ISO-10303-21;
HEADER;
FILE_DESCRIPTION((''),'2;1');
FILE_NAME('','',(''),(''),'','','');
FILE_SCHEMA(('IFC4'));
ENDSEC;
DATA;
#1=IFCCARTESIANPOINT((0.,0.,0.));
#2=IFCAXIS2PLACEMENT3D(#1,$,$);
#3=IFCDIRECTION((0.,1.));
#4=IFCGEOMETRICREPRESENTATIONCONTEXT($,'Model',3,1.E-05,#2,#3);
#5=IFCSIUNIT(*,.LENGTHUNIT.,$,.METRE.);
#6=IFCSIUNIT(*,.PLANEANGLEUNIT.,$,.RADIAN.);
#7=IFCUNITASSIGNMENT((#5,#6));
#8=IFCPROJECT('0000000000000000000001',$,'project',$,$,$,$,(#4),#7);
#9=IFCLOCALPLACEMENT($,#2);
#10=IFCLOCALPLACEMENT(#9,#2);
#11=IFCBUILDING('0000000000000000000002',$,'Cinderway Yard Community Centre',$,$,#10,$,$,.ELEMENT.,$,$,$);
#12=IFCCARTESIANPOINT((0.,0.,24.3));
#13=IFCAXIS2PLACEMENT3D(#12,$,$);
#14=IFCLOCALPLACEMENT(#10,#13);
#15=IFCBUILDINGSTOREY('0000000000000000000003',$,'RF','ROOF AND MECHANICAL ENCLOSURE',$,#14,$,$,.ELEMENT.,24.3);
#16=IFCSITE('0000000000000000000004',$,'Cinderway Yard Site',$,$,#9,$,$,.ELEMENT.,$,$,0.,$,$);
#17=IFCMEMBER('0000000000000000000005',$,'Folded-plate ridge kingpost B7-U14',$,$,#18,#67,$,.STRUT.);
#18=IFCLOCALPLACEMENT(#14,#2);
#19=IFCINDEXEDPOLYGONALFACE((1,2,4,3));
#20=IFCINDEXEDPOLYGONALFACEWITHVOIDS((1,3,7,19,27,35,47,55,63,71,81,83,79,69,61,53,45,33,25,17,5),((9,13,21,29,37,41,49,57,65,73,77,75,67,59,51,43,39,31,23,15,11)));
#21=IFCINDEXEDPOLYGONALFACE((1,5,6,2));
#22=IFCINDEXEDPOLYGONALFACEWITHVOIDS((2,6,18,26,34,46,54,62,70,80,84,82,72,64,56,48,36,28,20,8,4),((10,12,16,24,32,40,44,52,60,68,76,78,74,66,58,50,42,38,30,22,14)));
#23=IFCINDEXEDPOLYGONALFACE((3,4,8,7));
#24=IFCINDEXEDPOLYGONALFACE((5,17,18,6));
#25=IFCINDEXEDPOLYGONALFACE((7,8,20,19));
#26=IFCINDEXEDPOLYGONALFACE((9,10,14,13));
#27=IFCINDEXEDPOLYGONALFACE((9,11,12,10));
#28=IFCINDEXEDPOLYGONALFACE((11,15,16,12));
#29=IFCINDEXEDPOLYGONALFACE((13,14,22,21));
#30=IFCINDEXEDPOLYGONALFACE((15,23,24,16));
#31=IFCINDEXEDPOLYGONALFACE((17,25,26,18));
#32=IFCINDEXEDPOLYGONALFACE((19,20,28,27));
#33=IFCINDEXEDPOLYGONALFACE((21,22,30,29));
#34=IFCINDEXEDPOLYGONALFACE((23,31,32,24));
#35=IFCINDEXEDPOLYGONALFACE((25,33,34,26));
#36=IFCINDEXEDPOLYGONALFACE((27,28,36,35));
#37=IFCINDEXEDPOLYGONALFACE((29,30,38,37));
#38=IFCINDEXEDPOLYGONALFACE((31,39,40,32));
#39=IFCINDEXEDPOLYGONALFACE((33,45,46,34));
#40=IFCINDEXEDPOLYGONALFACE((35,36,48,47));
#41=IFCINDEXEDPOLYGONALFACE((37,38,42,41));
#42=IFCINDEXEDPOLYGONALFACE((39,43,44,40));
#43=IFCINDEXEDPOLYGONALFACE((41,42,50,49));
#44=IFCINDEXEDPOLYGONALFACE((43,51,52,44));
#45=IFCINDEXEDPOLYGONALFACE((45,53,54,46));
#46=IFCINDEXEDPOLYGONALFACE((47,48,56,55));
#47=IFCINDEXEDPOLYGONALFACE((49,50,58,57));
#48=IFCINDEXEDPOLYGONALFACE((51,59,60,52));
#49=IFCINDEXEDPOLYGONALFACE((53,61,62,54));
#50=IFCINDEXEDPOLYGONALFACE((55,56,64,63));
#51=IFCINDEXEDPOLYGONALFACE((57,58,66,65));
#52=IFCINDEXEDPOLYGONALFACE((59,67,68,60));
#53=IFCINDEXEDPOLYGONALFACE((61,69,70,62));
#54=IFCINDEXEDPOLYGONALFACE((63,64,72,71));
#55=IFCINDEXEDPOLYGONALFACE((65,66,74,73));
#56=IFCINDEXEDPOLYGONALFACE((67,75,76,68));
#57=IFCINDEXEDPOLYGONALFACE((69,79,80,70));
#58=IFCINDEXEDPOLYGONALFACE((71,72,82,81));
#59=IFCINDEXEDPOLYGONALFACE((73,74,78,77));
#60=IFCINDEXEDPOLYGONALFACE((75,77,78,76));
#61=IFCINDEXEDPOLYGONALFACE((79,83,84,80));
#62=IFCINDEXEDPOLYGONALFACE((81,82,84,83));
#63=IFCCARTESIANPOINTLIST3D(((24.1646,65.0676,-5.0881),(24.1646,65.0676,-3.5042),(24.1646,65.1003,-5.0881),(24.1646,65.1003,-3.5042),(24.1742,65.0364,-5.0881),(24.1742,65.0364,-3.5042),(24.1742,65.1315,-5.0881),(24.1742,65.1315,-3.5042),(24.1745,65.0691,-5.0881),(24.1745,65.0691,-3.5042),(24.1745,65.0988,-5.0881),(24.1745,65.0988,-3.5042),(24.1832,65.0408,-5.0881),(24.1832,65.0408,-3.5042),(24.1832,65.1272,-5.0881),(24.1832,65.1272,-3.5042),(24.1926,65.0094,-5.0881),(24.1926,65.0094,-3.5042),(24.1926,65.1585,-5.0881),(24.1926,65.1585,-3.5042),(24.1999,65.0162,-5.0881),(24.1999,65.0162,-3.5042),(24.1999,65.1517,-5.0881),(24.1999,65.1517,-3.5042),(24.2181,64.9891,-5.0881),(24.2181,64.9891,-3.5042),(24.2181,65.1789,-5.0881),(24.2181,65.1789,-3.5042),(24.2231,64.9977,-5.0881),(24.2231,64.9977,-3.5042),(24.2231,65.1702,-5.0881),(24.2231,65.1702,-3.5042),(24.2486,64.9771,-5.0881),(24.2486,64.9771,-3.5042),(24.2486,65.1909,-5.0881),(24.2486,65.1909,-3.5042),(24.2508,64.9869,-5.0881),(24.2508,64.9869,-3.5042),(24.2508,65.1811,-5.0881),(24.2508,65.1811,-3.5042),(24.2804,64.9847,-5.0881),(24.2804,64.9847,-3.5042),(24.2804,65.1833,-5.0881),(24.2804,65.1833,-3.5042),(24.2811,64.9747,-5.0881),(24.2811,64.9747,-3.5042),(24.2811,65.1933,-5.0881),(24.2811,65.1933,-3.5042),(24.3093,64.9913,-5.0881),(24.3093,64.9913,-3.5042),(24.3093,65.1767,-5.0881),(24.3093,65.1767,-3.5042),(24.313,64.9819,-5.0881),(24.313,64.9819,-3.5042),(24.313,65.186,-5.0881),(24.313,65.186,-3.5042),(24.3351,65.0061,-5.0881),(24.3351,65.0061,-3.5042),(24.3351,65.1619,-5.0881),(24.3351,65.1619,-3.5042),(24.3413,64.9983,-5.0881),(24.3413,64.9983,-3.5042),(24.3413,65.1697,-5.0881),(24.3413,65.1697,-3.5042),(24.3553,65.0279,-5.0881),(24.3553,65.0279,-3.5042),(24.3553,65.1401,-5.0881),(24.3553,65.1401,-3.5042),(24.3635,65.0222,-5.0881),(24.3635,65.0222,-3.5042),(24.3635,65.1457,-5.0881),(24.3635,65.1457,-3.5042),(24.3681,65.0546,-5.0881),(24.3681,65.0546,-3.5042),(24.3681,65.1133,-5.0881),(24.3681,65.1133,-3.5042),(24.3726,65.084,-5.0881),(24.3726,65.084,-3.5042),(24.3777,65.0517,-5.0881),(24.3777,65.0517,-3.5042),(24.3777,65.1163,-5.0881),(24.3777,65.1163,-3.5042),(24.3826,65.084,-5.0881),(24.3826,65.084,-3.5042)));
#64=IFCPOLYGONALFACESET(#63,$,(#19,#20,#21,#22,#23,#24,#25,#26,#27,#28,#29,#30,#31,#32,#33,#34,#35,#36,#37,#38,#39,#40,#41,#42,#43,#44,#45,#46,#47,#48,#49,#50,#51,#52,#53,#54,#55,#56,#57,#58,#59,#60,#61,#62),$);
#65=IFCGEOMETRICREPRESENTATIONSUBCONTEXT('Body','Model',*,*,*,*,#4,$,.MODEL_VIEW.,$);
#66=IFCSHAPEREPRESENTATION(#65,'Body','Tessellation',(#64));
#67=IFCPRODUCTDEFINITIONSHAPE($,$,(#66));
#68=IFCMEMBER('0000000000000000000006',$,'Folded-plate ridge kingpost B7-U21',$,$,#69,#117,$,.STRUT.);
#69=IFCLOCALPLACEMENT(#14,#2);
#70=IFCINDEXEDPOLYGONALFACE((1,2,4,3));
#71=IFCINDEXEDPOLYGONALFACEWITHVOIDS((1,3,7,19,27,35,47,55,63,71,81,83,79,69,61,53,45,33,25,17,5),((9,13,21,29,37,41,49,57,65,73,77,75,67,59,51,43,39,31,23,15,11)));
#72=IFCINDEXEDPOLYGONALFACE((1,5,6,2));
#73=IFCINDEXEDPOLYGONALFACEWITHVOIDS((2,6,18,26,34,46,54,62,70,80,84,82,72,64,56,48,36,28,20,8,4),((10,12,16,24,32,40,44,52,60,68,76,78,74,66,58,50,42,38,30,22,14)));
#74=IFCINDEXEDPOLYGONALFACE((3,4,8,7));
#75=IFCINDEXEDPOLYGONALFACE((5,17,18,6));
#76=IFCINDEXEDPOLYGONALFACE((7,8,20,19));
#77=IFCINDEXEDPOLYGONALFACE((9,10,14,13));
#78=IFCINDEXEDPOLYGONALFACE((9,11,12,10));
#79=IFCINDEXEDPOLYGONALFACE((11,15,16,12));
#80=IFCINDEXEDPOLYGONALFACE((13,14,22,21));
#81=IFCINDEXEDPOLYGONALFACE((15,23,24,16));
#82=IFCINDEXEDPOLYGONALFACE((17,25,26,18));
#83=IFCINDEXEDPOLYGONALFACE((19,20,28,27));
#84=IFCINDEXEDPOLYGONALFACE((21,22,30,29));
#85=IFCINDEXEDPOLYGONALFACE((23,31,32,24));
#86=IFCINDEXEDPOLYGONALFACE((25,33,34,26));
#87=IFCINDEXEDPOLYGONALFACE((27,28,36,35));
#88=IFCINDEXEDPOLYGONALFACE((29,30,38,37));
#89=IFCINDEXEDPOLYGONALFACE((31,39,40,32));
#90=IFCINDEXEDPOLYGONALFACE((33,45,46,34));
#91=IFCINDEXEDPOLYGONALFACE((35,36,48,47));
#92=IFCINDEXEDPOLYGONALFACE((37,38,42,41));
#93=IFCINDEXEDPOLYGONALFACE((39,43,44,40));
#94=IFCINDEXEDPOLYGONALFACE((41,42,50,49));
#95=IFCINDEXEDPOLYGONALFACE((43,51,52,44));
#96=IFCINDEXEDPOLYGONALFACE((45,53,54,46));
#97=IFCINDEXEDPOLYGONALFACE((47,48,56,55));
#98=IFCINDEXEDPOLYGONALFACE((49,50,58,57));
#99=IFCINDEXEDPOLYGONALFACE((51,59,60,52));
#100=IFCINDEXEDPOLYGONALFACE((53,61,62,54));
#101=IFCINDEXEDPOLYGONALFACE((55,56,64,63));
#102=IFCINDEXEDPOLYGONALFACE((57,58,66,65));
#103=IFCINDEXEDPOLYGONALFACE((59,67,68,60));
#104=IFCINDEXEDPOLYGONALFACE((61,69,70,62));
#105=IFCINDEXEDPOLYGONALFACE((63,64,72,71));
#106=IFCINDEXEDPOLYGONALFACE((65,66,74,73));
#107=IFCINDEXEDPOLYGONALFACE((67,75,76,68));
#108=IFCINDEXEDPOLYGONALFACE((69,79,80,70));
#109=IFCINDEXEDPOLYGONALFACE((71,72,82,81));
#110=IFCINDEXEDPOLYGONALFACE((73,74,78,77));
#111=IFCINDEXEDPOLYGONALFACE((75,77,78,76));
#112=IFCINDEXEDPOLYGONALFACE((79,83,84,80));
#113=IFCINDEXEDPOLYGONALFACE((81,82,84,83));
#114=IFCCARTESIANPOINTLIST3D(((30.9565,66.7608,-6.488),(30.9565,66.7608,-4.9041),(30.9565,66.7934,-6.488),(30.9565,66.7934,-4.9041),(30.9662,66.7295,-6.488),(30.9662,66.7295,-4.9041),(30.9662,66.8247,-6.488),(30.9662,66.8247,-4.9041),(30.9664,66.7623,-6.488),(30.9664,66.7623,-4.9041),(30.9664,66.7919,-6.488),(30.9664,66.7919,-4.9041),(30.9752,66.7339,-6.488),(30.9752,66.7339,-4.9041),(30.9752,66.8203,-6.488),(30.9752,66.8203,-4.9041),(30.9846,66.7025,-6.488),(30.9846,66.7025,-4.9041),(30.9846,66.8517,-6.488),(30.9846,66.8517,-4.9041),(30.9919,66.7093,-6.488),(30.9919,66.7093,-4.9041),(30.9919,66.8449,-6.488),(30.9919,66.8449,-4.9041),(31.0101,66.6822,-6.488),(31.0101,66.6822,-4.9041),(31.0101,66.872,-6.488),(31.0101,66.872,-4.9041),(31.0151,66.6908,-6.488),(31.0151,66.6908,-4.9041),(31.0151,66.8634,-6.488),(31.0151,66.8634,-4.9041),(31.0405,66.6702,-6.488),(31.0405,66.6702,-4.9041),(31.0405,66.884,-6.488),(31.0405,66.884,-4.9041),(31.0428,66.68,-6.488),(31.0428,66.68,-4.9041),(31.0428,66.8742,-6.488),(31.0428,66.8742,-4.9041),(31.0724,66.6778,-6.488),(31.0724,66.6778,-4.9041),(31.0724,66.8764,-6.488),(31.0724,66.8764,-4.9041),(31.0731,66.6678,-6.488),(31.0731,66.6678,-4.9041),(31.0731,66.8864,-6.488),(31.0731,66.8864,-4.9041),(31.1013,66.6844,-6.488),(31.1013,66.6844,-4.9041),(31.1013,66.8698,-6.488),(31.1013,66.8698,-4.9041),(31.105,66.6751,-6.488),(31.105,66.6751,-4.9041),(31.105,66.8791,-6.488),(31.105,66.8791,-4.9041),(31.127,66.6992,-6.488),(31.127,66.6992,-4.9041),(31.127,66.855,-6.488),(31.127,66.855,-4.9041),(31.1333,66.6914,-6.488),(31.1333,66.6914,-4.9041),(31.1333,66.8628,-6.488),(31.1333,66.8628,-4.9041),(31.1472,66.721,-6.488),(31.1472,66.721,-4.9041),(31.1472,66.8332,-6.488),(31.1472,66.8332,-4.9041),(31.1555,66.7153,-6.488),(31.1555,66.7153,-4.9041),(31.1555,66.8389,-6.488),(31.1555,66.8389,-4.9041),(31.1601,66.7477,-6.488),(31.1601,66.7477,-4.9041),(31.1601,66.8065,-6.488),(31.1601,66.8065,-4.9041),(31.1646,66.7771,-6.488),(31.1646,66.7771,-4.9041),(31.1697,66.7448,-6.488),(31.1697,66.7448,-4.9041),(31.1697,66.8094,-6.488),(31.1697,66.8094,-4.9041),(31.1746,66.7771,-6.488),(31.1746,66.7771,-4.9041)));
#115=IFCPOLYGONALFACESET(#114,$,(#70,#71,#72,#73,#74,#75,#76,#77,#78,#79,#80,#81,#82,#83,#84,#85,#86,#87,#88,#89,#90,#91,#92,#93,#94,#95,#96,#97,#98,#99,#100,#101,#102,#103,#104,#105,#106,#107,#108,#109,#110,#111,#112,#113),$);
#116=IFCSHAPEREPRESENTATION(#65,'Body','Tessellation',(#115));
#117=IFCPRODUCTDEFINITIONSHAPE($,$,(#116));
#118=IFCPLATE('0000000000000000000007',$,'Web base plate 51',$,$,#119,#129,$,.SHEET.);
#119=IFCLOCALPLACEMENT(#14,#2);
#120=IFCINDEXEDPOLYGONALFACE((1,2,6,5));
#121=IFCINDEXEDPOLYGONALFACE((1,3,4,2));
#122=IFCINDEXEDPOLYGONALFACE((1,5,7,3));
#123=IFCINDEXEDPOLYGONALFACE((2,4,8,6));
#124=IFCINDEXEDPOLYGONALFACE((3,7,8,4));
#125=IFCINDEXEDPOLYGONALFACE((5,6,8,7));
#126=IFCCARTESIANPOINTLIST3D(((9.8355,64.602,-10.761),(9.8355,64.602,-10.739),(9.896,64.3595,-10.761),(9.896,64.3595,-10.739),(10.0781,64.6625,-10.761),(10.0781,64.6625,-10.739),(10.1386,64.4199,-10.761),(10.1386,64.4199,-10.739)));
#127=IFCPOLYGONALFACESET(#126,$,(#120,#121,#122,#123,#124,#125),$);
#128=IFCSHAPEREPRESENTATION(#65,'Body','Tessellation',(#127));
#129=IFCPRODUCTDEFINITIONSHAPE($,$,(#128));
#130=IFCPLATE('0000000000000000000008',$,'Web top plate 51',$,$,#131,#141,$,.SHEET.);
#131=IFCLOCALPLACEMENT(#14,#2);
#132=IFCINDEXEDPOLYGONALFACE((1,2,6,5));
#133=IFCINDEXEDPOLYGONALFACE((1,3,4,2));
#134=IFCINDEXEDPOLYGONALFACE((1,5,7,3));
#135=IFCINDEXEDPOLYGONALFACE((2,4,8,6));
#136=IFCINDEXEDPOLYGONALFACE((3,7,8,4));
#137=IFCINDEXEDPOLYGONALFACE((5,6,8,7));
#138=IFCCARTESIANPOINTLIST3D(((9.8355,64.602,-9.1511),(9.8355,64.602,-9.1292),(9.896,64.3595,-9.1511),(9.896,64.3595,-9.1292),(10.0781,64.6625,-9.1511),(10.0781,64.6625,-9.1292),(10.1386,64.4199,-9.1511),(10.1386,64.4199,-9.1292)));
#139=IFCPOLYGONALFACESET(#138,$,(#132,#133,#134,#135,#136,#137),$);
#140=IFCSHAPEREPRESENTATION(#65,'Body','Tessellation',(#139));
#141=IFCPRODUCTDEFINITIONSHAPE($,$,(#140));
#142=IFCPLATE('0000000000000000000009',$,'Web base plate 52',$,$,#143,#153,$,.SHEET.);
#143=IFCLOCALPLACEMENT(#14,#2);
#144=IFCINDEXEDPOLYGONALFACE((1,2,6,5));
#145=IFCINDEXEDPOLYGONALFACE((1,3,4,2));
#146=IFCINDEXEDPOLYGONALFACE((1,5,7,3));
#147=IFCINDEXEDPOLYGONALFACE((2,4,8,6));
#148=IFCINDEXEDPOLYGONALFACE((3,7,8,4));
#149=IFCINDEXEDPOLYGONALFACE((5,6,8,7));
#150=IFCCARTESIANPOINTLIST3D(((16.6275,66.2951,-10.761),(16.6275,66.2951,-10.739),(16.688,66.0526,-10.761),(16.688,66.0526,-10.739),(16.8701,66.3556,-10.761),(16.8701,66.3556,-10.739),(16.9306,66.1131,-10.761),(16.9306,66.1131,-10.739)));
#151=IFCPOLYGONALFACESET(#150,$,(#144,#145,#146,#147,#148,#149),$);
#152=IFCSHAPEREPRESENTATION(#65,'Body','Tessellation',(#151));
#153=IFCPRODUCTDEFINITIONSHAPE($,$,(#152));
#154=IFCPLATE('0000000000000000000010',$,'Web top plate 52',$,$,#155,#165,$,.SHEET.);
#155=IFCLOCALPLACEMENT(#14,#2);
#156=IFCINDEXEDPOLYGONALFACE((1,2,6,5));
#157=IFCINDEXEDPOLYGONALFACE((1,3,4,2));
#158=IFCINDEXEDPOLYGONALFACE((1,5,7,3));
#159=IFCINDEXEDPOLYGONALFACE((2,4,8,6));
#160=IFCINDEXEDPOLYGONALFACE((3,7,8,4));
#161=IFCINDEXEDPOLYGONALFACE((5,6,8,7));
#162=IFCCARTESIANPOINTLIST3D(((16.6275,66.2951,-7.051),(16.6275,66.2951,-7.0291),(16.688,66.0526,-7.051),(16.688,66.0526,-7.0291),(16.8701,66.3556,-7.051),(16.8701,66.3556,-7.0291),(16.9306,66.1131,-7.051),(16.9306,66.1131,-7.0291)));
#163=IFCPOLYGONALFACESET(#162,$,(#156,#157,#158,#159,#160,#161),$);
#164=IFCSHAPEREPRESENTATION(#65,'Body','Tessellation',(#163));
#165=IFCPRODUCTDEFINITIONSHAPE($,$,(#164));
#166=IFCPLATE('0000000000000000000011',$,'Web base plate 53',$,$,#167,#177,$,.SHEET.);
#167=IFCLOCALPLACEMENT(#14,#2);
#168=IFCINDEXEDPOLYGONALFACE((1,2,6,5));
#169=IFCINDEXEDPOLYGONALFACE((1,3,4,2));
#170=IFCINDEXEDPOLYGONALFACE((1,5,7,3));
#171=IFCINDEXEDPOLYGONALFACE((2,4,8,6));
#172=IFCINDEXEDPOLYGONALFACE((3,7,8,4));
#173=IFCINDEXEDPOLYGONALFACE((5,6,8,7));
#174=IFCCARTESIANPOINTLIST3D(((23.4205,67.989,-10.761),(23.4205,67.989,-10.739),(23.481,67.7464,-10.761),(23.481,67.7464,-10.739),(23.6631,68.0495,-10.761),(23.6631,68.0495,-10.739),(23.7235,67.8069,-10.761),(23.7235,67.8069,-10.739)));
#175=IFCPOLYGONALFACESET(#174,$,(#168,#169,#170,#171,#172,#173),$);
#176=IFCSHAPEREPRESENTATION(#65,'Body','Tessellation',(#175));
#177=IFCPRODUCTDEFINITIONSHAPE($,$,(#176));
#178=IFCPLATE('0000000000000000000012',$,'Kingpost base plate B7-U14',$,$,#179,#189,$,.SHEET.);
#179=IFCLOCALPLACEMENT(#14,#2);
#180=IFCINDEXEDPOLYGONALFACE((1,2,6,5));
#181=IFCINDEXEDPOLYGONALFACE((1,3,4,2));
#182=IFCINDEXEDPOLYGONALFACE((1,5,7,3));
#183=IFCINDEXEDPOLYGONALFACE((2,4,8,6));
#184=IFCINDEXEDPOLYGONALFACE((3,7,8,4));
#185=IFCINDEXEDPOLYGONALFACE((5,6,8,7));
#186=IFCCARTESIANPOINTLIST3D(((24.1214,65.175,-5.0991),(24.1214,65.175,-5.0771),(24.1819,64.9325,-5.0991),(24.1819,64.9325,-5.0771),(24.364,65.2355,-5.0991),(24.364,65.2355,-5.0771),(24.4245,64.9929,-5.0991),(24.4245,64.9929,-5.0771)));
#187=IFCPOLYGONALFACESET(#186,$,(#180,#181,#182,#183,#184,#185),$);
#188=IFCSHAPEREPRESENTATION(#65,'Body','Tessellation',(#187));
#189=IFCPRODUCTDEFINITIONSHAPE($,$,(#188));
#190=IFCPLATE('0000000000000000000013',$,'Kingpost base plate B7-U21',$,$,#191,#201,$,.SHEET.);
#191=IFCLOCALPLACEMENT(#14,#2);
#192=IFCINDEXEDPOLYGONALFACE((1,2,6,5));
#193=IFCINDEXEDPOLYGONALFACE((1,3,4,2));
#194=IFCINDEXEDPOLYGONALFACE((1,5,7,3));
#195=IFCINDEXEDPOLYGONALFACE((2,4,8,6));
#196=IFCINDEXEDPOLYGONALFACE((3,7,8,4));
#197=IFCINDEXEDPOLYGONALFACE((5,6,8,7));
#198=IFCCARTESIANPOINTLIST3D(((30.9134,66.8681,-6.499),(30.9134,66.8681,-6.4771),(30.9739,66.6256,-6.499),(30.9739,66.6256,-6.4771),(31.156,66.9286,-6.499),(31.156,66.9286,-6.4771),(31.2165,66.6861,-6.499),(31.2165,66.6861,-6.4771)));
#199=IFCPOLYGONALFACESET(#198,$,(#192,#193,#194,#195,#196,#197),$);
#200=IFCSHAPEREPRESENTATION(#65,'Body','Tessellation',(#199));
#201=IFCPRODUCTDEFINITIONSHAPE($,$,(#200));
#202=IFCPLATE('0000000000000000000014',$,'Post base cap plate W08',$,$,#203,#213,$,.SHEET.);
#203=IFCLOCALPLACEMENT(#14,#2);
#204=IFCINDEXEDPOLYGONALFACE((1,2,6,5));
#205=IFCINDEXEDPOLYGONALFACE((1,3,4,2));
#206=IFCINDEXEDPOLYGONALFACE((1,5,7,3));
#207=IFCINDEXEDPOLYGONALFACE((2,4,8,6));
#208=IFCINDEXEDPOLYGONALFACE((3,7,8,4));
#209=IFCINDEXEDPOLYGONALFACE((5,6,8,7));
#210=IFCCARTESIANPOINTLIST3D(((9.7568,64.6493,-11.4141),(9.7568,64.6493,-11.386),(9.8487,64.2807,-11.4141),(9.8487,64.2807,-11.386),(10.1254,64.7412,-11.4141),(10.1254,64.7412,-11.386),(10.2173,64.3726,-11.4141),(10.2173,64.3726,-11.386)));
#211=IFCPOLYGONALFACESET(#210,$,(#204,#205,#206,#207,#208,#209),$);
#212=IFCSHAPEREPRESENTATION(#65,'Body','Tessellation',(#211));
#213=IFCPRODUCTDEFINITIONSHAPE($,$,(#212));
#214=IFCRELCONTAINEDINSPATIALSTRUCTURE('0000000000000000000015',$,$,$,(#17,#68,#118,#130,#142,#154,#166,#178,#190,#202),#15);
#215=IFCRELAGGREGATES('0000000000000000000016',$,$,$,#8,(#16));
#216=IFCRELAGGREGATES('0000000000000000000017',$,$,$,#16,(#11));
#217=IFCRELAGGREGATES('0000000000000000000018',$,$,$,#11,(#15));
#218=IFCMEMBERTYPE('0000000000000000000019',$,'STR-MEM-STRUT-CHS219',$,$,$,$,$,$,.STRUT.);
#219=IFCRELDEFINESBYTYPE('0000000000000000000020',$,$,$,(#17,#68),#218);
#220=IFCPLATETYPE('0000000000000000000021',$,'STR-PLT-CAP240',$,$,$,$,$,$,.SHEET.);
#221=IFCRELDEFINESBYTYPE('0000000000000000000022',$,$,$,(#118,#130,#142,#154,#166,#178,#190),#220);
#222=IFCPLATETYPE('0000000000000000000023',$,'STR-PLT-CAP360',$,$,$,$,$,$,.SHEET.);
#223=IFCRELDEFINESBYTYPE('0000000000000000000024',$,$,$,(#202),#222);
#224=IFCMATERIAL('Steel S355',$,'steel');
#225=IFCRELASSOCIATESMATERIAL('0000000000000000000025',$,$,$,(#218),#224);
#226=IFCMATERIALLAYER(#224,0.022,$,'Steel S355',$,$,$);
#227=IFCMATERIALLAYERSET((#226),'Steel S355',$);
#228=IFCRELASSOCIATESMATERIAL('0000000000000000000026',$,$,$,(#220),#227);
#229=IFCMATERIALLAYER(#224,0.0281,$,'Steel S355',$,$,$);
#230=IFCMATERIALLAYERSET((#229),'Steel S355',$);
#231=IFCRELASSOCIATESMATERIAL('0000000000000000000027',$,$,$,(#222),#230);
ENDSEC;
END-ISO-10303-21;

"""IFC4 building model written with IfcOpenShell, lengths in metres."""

from ifc_helpers import new_model, si_unit, direction, frame, origin, origin_2d, place, context, subcontext, project, spatial, rectangle, hollow_circle, extrude, material, layer, layer_set, material_profile, profile_set, type_object, element, save


model = new_model("IFC4")

# Units and contexts
model_context = context("Model", 3, precision=1e-05, world=origin(), true_north=direction((0.0, 1.0)))
body_context = subcontext(model_context, "Body", "Model", "MODEL_VIEW")
ifc_project = project(units=[si_unit("LENGTHUNIT", "METRE"), si_unit("PLANEANGLEUNIT", "RADIAN")], contexts=[model_context])

# Site, building, storey
site_placement = place(None, origin())
site = spatial("IfcSite", under=ifc_project, at=site_placement, Name="Cinderway Yard Site", CompositionType="ELEMENT", RefElevation=0.0)
building_placement = place(site_placement, origin())
building = spatial("IfcBuilding", under=site, at=building_placement, Name="Cinderway Yard Community Centre", CompositionType="ELEMENT")
storey_placement = place(building_placement, frame((0.0, 0.0, 24.3)))
storey = spatial("IfcBuildingStorey", under=building, at=storey_placement, Name="RF", Description="ROOF AND MECHANICAL ENCLOSURE", CompositionType="ELEMENT", Elevation=24.3)

# Shared definitions
ifc_material_1 = material(Name="Steel S355", Category="steel")

# Members
ifc_material_profile_1 = material_profile(ifc_material_1, hollow_circle(Radius=0.1096, WallThickness=0.01, at=origin_2d()), Name="Steel S355")
ifc_profile_set_1 = profile_set([ifc_material_profile_1], Name="Steel S355")
member_type = type_object("IfcMemberType", Name="STR-MEM-STRUT-CHS219", PredefinedType="STRUT", material=ifc_profile_set_1)
for number, where, z_axis, x_axis, name in (
    (1, (24.2729, 65.084, -5.0881), (0.0, 0.0, 1.0), (1.0, 0.0, 0.0), "Folded-plate ridge kingpost B7-U14"),
    (2, (31.0649, 66.7771, -6.488), (0.0, 0.0, 1.0), (1.0, 0.0, 0.0), "Folded-plate ridge kingpost B7-U21"),
):
    element("IfcMember", number, at=place(storey_placement, frame(where, z_axis=z_axis, x_axis=x_axis)), inside=storey, type_object=member_type, Name=name, PredefinedType="STRUT", context=body_context, shape_type="SweptSolid", body=[
        extrude(hollow_circle(Radius=0.1096, WallThickness=0.01, at=origin_2d()), origin(), (0.0, 0.0, 1.0), 1.584),
    ])

# Plates
ifc_layer_1 = layer(ifc_material_1, 0.022, Name="Steel S355")
ifc_layer_set_1 = layer_set([ifc_layer_1], Name="Steel S355")
plate_type_1 = type_object("IfcPlateType", Name="STR-PLT-CAP240", PredefinedType="SHEET", material=ifc_layer_set_1)
for number, where, z_axis, x_axis, name in (
    (3, (9.9871, 64.511, -10.761), (0.0, 0.0, 1.0), (0.970296, 0.241922, 0.0), "Web base plate 51"),
    (4, (9.9871, 64.511, -9.1511), (0.0, 0.0, 1.0), (0.970296, 0.241922, 0.0), "Web top plate 51"),
    (5, (16.7791, 66.2041, -10.761), (0.0, 0.0, 1.0), (0.970296, 0.241922, 0.0), "Web base plate 52"),
    (6, (16.7791, 66.2041, -7.051), (0.0, 0.0, 1.0), (0.970296, 0.241922, 0.0), "Web top plate 52"),
    (7, (23.572, 67.8979, -10.761), (0.0, 0.0, 1.0), (0.970296, 0.241922, 0.0), "Web base plate 53"),
    (8, (24.2729, 65.084, -5.0991), (0.0, 0.0, 1.0), (0.970296, 0.241922, 0.0), "Kingpost base plate B7-U14"),
    (9, (31.0649, 66.7771, -6.499), (0.0, 0.0, 1.0), (0.970296, 0.241922, 0.0), "Kingpost base plate B7-U21"),
):
    element("IfcPlate", number, at=place(storey_placement, frame(where, z_axis=z_axis, x_axis=x_axis)), inside=storey, type_object=plate_type_1, Name=name, PredefinedType="SHEET", context=body_context, shape_type="SweptSolid", body=[
        extrude(rectangle(XDim=0.25, YDim=0.25, at=origin_2d()), origin(), (0.0, 0.0, 1.0), 0.022),
    ])
ifc_layer_2 = layer(ifc_material_1, 0.0281, Name="Steel S355")
ifc_layer_set_2 = layer_set([ifc_layer_2], Name="Steel S355")
plate_type_2 = type_object("IfcPlateType", Name="STR-PLT-CAP360", PredefinedType="SHEET", material=ifc_layer_set_2)
for number, where, z_axis, x_axis, name in (
    (10, (9.9871, 64.511, -11.4141), (0.0, 0.0, 1.0), (0.970296, 0.241922, 0.0), "Post base cap plate W08"),
):
    element("IfcPlate", number, at=place(storey_placement, frame(where, z_axis=z_axis, x_axis=x_axis)), inside=storey, type_object=plate_type_2, Name=name, PredefinedType="SHEET", context=body_context, shape_type="SweptSolid", body=[
        extrude(rectangle(XDim=0.3799, YDim=0.3799, at=origin_2d()), origin(), (0.0, 0.0, 1.0), 0.0281),
    ])

save(model, "model.ifc")
